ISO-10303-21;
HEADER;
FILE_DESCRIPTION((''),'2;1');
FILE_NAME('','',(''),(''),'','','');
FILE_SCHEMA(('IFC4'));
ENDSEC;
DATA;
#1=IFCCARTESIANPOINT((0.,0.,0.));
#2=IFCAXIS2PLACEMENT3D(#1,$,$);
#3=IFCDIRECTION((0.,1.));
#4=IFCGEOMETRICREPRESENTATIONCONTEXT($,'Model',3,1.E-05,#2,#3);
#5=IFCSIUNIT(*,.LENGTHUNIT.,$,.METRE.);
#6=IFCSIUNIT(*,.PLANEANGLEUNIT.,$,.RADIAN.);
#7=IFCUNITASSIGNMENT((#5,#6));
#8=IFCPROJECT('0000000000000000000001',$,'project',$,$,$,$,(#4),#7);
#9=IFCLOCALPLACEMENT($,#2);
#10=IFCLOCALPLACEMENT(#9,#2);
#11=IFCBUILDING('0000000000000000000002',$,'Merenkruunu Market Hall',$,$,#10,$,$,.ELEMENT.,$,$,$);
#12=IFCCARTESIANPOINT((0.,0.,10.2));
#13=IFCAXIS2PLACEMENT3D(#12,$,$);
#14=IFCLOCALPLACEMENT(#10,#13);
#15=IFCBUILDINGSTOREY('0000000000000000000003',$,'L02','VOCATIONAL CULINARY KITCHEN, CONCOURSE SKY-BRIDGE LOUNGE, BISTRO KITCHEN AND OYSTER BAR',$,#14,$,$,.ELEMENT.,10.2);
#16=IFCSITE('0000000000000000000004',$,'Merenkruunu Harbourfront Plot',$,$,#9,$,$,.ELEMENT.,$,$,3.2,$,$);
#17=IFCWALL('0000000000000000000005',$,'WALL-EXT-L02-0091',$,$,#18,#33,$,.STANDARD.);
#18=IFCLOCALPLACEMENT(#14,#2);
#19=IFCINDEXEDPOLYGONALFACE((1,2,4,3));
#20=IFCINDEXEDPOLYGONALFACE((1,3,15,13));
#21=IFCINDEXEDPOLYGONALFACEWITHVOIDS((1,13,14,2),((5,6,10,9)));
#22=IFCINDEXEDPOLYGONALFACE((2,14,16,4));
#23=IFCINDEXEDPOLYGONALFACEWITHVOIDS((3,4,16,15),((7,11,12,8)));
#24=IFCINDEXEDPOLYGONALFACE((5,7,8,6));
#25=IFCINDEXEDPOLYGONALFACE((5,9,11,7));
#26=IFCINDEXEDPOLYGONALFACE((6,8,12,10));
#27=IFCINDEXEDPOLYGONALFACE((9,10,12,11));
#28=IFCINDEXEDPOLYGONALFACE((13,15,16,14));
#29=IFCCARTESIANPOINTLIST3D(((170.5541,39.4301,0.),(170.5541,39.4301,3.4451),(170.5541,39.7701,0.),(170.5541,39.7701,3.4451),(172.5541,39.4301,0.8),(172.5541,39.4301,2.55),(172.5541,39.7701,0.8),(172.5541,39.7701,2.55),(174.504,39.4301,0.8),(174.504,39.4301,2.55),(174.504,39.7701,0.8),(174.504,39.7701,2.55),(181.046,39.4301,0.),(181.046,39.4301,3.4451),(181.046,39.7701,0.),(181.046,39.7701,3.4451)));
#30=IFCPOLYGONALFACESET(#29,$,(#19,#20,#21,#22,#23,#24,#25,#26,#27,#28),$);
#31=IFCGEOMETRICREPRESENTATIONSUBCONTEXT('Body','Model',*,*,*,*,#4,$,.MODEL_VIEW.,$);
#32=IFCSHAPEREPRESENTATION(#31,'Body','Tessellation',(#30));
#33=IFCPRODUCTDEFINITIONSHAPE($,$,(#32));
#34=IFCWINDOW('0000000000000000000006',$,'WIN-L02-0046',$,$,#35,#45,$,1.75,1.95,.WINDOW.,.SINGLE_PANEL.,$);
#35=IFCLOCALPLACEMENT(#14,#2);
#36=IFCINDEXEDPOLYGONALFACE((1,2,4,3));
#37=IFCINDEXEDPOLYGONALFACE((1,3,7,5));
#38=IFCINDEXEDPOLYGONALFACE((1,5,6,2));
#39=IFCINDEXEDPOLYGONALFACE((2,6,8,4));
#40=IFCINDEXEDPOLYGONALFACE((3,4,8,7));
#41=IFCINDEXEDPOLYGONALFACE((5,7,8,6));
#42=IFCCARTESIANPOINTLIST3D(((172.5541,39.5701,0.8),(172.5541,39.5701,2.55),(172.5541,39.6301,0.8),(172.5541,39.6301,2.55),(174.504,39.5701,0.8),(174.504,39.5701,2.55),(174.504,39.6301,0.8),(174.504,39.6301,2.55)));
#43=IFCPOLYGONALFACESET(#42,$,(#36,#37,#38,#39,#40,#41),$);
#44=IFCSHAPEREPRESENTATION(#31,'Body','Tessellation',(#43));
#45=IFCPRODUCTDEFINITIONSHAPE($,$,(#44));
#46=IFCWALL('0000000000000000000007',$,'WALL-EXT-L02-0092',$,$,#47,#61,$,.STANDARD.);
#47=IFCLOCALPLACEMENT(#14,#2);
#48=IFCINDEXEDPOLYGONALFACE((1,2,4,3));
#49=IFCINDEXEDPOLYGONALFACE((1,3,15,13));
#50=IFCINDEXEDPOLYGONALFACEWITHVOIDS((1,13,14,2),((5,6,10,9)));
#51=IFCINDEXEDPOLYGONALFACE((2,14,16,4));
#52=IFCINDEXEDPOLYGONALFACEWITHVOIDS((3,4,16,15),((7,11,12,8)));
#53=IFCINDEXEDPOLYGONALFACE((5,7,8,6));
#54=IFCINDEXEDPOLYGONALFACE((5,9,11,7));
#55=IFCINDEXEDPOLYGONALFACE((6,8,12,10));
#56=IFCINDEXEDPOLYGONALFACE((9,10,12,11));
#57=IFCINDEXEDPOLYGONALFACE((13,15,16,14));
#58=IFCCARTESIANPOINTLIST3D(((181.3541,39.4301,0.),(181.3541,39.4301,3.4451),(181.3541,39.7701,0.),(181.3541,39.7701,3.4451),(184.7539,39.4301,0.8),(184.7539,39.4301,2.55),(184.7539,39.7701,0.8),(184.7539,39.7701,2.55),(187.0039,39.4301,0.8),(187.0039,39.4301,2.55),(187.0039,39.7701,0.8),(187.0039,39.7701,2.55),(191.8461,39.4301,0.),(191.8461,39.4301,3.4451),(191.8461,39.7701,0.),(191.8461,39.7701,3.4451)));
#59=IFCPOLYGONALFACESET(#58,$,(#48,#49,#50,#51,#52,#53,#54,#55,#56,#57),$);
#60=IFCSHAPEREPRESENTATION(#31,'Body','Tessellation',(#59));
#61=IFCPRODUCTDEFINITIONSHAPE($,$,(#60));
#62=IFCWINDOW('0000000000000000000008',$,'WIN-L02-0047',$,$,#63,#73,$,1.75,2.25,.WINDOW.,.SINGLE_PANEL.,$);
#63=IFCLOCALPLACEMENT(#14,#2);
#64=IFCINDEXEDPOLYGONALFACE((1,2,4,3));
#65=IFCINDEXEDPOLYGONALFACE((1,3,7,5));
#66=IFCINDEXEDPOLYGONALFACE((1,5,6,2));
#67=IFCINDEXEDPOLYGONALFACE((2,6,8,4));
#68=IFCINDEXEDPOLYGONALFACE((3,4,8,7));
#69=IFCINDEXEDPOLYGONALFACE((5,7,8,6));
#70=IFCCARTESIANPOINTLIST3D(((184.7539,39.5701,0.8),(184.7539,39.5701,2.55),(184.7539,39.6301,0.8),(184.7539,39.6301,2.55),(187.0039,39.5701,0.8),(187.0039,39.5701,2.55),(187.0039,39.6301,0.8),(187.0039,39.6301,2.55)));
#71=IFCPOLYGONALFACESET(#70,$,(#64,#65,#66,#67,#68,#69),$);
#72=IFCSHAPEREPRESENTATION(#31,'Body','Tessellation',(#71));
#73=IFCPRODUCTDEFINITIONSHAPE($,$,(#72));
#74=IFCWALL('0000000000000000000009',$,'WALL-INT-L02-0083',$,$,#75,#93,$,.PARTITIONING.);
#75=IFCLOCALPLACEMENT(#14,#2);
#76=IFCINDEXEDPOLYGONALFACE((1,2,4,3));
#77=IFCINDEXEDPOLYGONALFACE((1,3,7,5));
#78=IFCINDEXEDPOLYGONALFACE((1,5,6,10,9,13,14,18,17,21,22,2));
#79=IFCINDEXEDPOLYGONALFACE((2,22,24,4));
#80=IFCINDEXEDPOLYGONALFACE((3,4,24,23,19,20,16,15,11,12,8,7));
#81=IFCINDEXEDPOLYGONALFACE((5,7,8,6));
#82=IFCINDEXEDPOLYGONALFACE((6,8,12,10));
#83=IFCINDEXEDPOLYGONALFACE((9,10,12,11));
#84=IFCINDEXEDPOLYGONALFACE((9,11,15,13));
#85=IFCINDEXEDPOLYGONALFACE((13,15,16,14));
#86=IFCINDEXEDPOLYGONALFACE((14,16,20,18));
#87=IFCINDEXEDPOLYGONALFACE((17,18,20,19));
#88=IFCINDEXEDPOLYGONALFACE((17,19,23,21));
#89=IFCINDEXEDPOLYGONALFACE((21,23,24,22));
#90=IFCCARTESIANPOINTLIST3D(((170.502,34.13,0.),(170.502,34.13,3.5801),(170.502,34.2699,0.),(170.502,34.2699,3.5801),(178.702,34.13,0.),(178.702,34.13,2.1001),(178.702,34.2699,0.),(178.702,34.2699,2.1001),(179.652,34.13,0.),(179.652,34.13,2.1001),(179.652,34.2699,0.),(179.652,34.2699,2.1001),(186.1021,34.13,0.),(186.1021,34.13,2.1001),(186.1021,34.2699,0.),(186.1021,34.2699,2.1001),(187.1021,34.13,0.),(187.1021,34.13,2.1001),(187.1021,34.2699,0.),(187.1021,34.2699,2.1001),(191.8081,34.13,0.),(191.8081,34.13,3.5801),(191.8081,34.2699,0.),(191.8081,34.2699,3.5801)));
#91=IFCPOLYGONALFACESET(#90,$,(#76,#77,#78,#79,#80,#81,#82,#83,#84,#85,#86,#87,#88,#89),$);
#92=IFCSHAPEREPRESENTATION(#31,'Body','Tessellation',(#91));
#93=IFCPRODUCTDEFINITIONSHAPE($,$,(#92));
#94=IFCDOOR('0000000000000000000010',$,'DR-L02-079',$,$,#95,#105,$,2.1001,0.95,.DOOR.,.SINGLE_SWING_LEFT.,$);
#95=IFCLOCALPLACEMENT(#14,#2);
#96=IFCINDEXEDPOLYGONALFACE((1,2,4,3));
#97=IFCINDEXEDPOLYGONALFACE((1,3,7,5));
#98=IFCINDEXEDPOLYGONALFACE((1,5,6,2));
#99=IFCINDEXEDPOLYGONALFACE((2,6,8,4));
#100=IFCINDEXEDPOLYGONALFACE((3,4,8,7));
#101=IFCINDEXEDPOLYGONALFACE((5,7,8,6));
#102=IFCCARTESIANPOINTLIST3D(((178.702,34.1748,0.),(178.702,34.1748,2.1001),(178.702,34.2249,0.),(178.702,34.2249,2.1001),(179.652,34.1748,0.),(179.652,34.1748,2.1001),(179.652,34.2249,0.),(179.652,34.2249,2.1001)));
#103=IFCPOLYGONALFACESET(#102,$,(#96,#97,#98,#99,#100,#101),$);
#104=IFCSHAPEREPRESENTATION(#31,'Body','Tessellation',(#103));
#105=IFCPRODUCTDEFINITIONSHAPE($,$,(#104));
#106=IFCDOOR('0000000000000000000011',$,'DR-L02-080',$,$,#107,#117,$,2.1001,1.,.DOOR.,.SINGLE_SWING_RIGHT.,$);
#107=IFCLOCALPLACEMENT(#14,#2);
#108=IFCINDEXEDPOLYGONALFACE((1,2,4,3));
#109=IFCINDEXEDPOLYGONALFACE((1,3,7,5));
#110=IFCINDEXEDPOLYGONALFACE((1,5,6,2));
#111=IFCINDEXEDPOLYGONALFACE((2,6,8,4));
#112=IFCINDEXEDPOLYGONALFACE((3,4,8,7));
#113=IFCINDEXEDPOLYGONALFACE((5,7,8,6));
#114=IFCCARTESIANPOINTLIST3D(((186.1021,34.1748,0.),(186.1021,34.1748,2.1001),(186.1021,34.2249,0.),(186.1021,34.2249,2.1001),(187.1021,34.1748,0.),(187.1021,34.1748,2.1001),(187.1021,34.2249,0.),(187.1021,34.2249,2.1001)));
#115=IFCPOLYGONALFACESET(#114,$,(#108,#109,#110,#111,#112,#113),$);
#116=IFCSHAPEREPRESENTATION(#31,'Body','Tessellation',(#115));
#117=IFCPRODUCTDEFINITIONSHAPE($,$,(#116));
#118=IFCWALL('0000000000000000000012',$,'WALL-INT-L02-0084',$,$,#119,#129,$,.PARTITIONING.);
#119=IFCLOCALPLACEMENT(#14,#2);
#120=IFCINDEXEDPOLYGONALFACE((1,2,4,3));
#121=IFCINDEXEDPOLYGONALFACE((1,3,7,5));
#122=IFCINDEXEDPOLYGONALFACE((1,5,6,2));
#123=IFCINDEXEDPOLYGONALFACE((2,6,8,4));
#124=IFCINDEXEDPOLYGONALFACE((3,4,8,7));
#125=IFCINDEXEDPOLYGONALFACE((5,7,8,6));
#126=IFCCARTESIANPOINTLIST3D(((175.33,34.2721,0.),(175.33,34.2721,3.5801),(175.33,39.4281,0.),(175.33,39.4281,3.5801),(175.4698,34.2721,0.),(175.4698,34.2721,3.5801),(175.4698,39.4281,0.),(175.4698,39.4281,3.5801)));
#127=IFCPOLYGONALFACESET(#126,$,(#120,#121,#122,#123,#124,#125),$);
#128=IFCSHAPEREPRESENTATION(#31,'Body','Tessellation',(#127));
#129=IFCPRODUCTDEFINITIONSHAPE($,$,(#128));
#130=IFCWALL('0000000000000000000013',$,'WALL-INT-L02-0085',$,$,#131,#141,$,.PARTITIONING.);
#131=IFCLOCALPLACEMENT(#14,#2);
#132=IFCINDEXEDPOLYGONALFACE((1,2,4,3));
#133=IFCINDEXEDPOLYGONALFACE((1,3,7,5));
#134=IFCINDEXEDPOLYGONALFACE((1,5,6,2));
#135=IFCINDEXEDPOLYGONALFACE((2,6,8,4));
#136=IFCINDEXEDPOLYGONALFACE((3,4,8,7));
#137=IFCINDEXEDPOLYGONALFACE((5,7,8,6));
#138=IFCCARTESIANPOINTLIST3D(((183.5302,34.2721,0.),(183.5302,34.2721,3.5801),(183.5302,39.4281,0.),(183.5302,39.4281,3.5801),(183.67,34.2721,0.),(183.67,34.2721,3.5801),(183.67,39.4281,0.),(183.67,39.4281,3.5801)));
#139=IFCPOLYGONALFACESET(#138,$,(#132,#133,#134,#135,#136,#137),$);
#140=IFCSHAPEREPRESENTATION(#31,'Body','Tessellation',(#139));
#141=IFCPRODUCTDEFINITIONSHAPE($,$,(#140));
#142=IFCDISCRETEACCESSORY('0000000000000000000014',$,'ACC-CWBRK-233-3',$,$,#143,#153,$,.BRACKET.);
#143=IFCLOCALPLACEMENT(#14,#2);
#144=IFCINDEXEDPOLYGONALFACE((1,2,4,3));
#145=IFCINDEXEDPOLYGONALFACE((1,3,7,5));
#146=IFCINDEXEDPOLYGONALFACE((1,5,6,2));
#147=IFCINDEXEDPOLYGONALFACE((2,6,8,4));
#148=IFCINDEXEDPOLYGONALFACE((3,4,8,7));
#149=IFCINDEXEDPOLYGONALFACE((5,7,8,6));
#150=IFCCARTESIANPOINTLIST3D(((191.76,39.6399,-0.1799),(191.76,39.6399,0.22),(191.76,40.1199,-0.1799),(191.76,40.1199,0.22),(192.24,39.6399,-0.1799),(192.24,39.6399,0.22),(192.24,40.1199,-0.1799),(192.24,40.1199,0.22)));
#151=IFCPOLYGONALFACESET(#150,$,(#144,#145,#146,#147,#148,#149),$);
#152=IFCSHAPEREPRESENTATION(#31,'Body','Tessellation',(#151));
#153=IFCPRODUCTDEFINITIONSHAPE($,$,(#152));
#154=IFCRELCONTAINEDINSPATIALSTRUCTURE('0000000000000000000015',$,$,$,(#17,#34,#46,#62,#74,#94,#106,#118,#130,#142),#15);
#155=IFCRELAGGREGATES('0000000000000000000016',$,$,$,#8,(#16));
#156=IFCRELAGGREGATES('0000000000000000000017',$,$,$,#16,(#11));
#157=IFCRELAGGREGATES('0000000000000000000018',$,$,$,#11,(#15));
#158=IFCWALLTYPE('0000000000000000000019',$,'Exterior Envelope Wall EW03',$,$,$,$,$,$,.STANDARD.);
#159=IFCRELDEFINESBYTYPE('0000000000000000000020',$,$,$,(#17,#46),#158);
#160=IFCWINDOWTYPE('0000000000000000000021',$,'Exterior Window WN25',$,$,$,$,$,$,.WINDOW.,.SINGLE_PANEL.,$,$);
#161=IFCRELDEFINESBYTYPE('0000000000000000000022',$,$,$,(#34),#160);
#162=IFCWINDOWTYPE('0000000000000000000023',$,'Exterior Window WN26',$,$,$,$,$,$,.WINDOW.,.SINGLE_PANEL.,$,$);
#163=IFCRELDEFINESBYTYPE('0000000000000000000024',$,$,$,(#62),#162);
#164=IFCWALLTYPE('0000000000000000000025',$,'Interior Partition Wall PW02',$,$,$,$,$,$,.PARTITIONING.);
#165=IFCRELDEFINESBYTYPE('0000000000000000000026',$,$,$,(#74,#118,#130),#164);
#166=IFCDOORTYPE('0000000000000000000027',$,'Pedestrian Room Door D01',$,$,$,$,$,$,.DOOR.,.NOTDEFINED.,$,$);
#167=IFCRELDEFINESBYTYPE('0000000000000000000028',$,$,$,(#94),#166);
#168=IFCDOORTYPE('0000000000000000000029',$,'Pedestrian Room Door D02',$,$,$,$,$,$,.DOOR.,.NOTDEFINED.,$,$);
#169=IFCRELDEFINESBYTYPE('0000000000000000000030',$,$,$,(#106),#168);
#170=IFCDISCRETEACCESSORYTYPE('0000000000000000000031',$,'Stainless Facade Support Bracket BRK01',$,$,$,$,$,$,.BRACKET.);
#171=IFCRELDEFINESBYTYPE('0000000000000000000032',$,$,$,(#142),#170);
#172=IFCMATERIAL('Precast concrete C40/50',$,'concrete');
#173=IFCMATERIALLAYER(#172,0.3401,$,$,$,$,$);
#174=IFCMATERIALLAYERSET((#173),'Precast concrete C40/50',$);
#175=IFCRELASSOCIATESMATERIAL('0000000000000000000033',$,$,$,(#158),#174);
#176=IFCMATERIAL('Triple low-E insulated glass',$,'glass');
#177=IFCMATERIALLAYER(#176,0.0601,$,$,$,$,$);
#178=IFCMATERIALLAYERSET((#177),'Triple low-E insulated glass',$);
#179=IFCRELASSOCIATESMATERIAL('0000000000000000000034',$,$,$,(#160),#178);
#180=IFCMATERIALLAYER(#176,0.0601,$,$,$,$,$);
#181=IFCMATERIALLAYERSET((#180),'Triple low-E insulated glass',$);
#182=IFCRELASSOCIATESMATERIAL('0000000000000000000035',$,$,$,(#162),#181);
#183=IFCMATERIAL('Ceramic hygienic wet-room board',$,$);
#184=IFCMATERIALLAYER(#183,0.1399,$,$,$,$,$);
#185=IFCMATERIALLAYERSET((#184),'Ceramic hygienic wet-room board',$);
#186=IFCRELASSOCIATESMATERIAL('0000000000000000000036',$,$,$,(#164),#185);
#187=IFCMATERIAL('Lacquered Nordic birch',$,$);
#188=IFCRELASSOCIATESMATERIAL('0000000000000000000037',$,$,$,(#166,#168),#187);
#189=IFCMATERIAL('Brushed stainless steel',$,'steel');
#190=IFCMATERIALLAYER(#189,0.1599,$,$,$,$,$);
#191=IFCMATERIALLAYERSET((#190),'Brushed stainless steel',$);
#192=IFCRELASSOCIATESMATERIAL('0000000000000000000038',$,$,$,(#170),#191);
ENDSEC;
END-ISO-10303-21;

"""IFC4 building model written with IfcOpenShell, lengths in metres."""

from ifc_helpers import new_model, si_unit, direction, frame, frame_2d, origin, origin_2d, place, context, subcontext, project, spatial, rectangle, extrude, material, layer, layer_set, type_object, element, fill, save


model = new_model("IFC4")

# Units and contexts
model_context = context("Model", 3, precision=1e-05, world=origin(), true_north=direction((0.0, 1.0)))
body_context = subcontext(model_context, "Body", "Model", "MODEL_VIEW")
ifc_project = project(units=[si_unit("LENGTHUNIT", "METRE"), si_unit("PLANEANGLEUNIT", "RADIAN")], contexts=[model_context])

# Site, building, storey
site_placement = place(None, origin())
site = spatial("IfcSite", under=ifc_project, at=site_placement, Name="Merenkruunu Harbourfront Plot", CompositionType="ELEMENT", RefElevation=3.2)
building_placement = place(site_placement, origin())
building = spatial("IfcBuilding", under=site, at=building_placement, Name="Merenkruunu Market Hall", CompositionType="ELEMENT")
storey_placement = place(building_placement, frame((0.0, 0.0, 10.2)))
storey = spatial("IfcBuildingStorey", under=building, at=storey_placement, Name="L02", Description="VOCATIONAL CULINARY KITCHEN, CONCOURSE SKY-BRIDGE LOUNGE, BISTRO KITCHEN AND OYSTER BAR", CompositionType="ELEMENT", Elevation=10.2)

# Shared definitions
ifc_material_1 = material(Name="Triple low-E insulated glass", Category="glass")

# Walls, openings, windows
ifc_material_2 = material(Name="Precast concrete C40/50", Category="concrete")
ifc_layer_1 = layer(ifc_material_2, 0.3401)
ifc_layer_set_1 = layer_set([ifc_layer_1], Name="Precast concrete C40/50")
wall_type_1 = type_object("IfcWallType", Name="Exterior Envelope Wall EW03", PredefinedType="STANDARD", material=ifc_layer_set_1)
wall_1_placement = place(storey_placement, frame((170.554, 39.6001, 0.0), z_axis=(0.0, 0.0, 1.0), x_axis=(1.0, 0.0, 0.0)))
wall_1 = element("IfcWall", 1, at=wall_1_placement, inside=storey, type_object=wall_type_1, Name="WALL-EXT-L02-0091", PredefinedType="STANDARD", context=body_context, shape_type="SweptSolid", body=[
    extrude(rectangle(XDim=10.4919, YDim=0.3401, at=frame_2d((5.2461, 0.0))), origin(), (0.0, 0.0, 1.0), 3.4451),
])
opening_1_placement = place(wall_1_placement, frame((2.0, 0.0, 0.8)))
opening_1 = element("IfcOpeningElement", 2, at=opening_1_placement, cuts=wall_1, PredefinedType="OPENING", context=body_context, shape_type="SweptSolid", body=[
    extrude(rectangle(XDim=1.95, YDim=1.75, at=frame_2d((0.9751, 0.875))), frame((0.0, 0.1802, 0.0), z_axis=(0.0, -1.0, 0.0), x_axis=(1.0, 0.0, 0.0)), (0.0, 0.0, 1.0), 0.3601),
])
ifc_layer_2 = layer(ifc_material_1, 0.0601)
ifc_layer_set_2 = layer_set([ifc_layer_2], Name="Triple low-E insulated glass")
window_type_1 = type_object("IfcWindowType", Name="Exterior Window WN25", PartitioningType="SINGLE_PANEL", PredefinedType="WINDOW", material=ifc_layer_set_2)
window_1_placement = place(opening_1_placement, origin())
window_1 = element("IfcWindow", 3, at=window_1_placement, inside=storey, type_object=window_type_1, Name="WIN-L02-0046", OverallHeight=1.75, OverallWidth=1.95, PartitioningType="SINGLE_PANEL", PredefinedType="WINDOW", context=body_context, shape_type="SweptSolid", body=[
    extrude(rectangle(XDim=1.95, YDim=1.75, at=frame_2d((0.9751, 0.875))), frame((0.0, 0.03, 0.0), z_axis=(0.0, -1.0, 0.0), x_axis=(1.0, 0.0, 0.0)), (0.0, 0.0, 1.0), 0.0601),
])
fill(opening_1, window_1)
wall_2_placement = place(storey_placement, frame((181.354, 39.6001, 0.0), z_axis=(0.0, 0.0, 1.0), x_axis=(1.0, 0.0, 0.0)))
wall_2 = element("IfcWall", 4, at=wall_2_placement, inside=storey, type_object=wall_type_1, Name="WALL-EXT-L02-0092", PredefinedType="STANDARD", context=body_context, shape_type="SweptSolid", body=[
    extrude(rectangle(XDim=10.4919, YDim=0.3401, at=frame_2d((5.2461, 0.0))), origin(), (0.0, 0.0, 1.0), 3.4451),
])
opening_2_placement = place(wall_2_placement, frame((3.3999, 0.0, 0.8)))
opening_2 = element("IfcOpeningElement", 5, at=opening_2_placement, cuts=wall_2, PredefinedType="OPENING", context=body_context, shape_type="SweptSolid", body=[
    extrude(rectangle(XDim=2.25, YDim=1.75, at=frame_2d((1.125, 0.875))), frame((0.0, 0.1802, 0.0), z_axis=(0.0, -1.0, 0.0), x_axis=(1.0, 0.0, 0.0)), (0.0, 0.0, 1.0), 0.3601),
])
ifc_layer_3 = layer(ifc_material_1, 0.0601)
ifc_layer_set_3 = layer_set([ifc_layer_3], Name="Triple low-E insulated glass")
window_type_2 = type_object("IfcWindowType", Name="Exterior Window WN26", PartitioningType="SINGLE_PANEL", PredefinedType="WINDOW", material=ifc_layer_set_3)
window_2_placement = place(opening_2_placement, origin())
window_2 = element("IfcWindow", 6, at=window_2_placement, inside=storey, type_object=window_type_2, Name="WIN-L02-0047", OverallHeight=1.75, OverallWidth=2.25, PartitioningType="SINGLE_PANEL", PredefinedType="WINDOW", context=body_context, shape_type="SweptSolid", body=[
    extrude(rectangle(XDim=2.25, YDim=1.75, at=frame_2d((1.125, 0.875))), frame((0.0, 0.03, 0.0), z_axis=(0.0, -1.0, 0.0), x_axis=(1.0, 0.0, 0.0)), (0.0, 0.0, 1.0), 0.0601),
])
fill(opening_2, window_2)

# Wall, openings, doors
ifc_material_3 = material(Name="Ceramic hygienic wet-room board")
ifc_layer_4 = layer(ifc_material_3, 0.1399)
ifc_layer_set_4 = layer_set([ifc_layer_4], Name="Ceramic hygienic wet-room board")
wall_type_2 = type_object("IfcWallType", Name="Interior Partition Wall PW02", PredefinedType="PARTITIONING", material=ifc_layer_set_4)
wall_3_placement = place(storey_placement, frame((170.502, 34.2, 0.0), z_axis=(0.0, 0.0, 1.0), x_axis=(1.0, 0.0, 0.0)))
wall_3 = element("IfcWall", 7, at=wall_3_placement, inside=storey, type_object=wall_type_2, Name="WALL-INT-L02-0083", PredefinedType="PARTITIONING", context=body_context, shape_type="SweptSolid", body=[
    extrude(rectangle(XDim=21.3062, YDim=0.1399, at=frame_2d((10.6531, 0.0))), origin(), (0.0, 0.0, 1.0), 3.5801),
])
opening_3_placement = place(wall_3_placement, frame((8.2, 0.0, 0.0)))
opening_3 = element("IfcOpeningElement", 8, at=opening_3_placement, cuts=wall_3, PredefinedType="OPENING", context=body_context, shape_type="SweptSolid", body=[
    extrude(rectangle(XDim=0.95, YDim=2.1001, at=frame_2d((0.4751, 1.05))), frame((0.0, 0.0801, 0.0), z_axis=(0.0, -1.0, 0.0), x_axis=(1.0, 0.0, 0.0)), (0.0, 0.0, 1.0), 0.1599),
])
opening_4_placement = place(wall_3_placement, frame((15.6001, 0.0, 0.0)))
opening_4 = element("IfcOpeningElement", 9, at=opening_4_placement, cuts=wall_3, PredefinedType="OPENING", context=body_context, shape_type="SweptSolid", body=[
    extrude(rectangle(XDim=1.0, YDim=2.1001, at=frame_2d((0.5, 1.05))), frame((0.0, 0.0801, 0.0), z_axis=(0.0, -1.0, 0.0), x_axis=(1.0, 0.0, 0.0)), (0.0, 0.0, 1.0), 0.1599),
])
ifc_material_4 = material(Name="Lacquered Nordic birch")
door_type_1 = type_object("IfcDoorType", Name="Pedestrian Room Door D01", OperationType="NOTDEFINED", PredefinedType="DOOR", material=ifc_material_4)
door_1_placement = place(opening_3_placement, origin())
door_1 = element("IfcDoor", 10, at=door_1_placement, inside=storey, type_object=door_type_1, Name="DR-L02-079", OperationType="SINGLE_SWING_LEFT", OverallHeight=2.1001, OverallWidth=0.95, PredefinedType="DOOR", context=body_context, shape_type="SweptSolid", body=[
    extrude(rectangle(XDim=0.95, YDim=2.1001, at=frame_2d((0.4751, 1.05))), frame((0.0, 0.0249, 0.0), z_axis=(0.0, -1.0, 0.0), x_axis=(1.0, 0.0, 0.0)), (0.0, 0.0, 1.0), 0.05),
])
fill(opening_3, door_1)
door_type_2 = type_object("IfcDoorType", Name="Pedestrian Room Door D02", OperationType="NOTDEFINED", PredefinedType="DOOR", material=ifc_material_4)
door_2_placement = place(opening_4_placement, origin())
door_2 = element("IfcDoor", 11, at=door_2_placement, inside=storey, type_object=door_type_2, Name="DR-L02-080", OperationType="SINGLE_SWING_RIGHT", OverallHeight=2.1001, OverallWidth=1.0, PredefinedType="DOOR", context=body_context, shape_type="SweptSolid", body=[
    extrude(rectangle(XDim=1.0, YDim=2.1001, at=frame_2d((0.5, 1.05))), frame((0.0, 0.0249, 0.0), z_axis=(0.0, -1.0, 0.0), x_axis=(1.0, 0.0, 0.0)), (0.0, 0.0, 1.0), 0.05),
])
fill(opening_4, door_2)

# Walls
for number, where, z_axis, x_axis, name in (
    (12, (175.3999, 34.272, 0.0), (0.0, 0.0, 1.0), (0.0, 1.0, 0.0), "WALL-INT-L02-0084"),
    (13, (183.6001, 34.272, 0.0), (0.0, 0.0, 1.0), (0.0, 1.0, 0.0), "WALL-INT-L02-0085"),
):
    element("IfcWall", number, at=place(storey_placement, frame(where, z_axis=z_axis, x_axis=x_axis)), inside=storey, type_object=wall_type_2, Name=name, PredefinedType="PARTITIONING", context=body_context, shape_type="SweptSolid", body=[
        extrude(rectangle(XDim=5.156, YDim=0.1399, at=frame_2d((2.5781, 0.0))), origin(), (0.0, 0.0, 1.0), 3.5801),
    ])

# Discrete accessory
ifc_material_5 = material(Name="Brushed stainless steel", Category="steel")
ifc_layer_5 = layer(ifc_material_5, 0.1599)
ifc_layer_set_5 = layer_set([ifc_layer_5], Name="Brushed stainless steel")
discrete_accessory_type = type_object("IfcDiscreteAccessoryType", Name="Stainless Facade Support Bracket BRK01", PredefinedType="BRACKET", material=ifc_layer_set_5)
discrete_accessory_placement = place(storey_placement, frame((192.0, 39.8799, -0.1799), z_axis=(0.0, 0.0, 1.0), x_axis=(1.0, 0.0, 0.0)))
element("IfcDiscreteAccessory", 14, at=discrete_accessory_placement, inside=storey, type_object=discrete_accessory_type, Name="ACC-CWBRK-233-3", PredefinedType="BRACKET", context=body_context, shape_type="SweptSolid", body=[
    extrude(rectangle(XDim=0.48, YDim=0.48, at=origin_2d()), origin(), (0.0, 0.0, 1.0), 0.3999),
])

save(model, "model.ifc")
